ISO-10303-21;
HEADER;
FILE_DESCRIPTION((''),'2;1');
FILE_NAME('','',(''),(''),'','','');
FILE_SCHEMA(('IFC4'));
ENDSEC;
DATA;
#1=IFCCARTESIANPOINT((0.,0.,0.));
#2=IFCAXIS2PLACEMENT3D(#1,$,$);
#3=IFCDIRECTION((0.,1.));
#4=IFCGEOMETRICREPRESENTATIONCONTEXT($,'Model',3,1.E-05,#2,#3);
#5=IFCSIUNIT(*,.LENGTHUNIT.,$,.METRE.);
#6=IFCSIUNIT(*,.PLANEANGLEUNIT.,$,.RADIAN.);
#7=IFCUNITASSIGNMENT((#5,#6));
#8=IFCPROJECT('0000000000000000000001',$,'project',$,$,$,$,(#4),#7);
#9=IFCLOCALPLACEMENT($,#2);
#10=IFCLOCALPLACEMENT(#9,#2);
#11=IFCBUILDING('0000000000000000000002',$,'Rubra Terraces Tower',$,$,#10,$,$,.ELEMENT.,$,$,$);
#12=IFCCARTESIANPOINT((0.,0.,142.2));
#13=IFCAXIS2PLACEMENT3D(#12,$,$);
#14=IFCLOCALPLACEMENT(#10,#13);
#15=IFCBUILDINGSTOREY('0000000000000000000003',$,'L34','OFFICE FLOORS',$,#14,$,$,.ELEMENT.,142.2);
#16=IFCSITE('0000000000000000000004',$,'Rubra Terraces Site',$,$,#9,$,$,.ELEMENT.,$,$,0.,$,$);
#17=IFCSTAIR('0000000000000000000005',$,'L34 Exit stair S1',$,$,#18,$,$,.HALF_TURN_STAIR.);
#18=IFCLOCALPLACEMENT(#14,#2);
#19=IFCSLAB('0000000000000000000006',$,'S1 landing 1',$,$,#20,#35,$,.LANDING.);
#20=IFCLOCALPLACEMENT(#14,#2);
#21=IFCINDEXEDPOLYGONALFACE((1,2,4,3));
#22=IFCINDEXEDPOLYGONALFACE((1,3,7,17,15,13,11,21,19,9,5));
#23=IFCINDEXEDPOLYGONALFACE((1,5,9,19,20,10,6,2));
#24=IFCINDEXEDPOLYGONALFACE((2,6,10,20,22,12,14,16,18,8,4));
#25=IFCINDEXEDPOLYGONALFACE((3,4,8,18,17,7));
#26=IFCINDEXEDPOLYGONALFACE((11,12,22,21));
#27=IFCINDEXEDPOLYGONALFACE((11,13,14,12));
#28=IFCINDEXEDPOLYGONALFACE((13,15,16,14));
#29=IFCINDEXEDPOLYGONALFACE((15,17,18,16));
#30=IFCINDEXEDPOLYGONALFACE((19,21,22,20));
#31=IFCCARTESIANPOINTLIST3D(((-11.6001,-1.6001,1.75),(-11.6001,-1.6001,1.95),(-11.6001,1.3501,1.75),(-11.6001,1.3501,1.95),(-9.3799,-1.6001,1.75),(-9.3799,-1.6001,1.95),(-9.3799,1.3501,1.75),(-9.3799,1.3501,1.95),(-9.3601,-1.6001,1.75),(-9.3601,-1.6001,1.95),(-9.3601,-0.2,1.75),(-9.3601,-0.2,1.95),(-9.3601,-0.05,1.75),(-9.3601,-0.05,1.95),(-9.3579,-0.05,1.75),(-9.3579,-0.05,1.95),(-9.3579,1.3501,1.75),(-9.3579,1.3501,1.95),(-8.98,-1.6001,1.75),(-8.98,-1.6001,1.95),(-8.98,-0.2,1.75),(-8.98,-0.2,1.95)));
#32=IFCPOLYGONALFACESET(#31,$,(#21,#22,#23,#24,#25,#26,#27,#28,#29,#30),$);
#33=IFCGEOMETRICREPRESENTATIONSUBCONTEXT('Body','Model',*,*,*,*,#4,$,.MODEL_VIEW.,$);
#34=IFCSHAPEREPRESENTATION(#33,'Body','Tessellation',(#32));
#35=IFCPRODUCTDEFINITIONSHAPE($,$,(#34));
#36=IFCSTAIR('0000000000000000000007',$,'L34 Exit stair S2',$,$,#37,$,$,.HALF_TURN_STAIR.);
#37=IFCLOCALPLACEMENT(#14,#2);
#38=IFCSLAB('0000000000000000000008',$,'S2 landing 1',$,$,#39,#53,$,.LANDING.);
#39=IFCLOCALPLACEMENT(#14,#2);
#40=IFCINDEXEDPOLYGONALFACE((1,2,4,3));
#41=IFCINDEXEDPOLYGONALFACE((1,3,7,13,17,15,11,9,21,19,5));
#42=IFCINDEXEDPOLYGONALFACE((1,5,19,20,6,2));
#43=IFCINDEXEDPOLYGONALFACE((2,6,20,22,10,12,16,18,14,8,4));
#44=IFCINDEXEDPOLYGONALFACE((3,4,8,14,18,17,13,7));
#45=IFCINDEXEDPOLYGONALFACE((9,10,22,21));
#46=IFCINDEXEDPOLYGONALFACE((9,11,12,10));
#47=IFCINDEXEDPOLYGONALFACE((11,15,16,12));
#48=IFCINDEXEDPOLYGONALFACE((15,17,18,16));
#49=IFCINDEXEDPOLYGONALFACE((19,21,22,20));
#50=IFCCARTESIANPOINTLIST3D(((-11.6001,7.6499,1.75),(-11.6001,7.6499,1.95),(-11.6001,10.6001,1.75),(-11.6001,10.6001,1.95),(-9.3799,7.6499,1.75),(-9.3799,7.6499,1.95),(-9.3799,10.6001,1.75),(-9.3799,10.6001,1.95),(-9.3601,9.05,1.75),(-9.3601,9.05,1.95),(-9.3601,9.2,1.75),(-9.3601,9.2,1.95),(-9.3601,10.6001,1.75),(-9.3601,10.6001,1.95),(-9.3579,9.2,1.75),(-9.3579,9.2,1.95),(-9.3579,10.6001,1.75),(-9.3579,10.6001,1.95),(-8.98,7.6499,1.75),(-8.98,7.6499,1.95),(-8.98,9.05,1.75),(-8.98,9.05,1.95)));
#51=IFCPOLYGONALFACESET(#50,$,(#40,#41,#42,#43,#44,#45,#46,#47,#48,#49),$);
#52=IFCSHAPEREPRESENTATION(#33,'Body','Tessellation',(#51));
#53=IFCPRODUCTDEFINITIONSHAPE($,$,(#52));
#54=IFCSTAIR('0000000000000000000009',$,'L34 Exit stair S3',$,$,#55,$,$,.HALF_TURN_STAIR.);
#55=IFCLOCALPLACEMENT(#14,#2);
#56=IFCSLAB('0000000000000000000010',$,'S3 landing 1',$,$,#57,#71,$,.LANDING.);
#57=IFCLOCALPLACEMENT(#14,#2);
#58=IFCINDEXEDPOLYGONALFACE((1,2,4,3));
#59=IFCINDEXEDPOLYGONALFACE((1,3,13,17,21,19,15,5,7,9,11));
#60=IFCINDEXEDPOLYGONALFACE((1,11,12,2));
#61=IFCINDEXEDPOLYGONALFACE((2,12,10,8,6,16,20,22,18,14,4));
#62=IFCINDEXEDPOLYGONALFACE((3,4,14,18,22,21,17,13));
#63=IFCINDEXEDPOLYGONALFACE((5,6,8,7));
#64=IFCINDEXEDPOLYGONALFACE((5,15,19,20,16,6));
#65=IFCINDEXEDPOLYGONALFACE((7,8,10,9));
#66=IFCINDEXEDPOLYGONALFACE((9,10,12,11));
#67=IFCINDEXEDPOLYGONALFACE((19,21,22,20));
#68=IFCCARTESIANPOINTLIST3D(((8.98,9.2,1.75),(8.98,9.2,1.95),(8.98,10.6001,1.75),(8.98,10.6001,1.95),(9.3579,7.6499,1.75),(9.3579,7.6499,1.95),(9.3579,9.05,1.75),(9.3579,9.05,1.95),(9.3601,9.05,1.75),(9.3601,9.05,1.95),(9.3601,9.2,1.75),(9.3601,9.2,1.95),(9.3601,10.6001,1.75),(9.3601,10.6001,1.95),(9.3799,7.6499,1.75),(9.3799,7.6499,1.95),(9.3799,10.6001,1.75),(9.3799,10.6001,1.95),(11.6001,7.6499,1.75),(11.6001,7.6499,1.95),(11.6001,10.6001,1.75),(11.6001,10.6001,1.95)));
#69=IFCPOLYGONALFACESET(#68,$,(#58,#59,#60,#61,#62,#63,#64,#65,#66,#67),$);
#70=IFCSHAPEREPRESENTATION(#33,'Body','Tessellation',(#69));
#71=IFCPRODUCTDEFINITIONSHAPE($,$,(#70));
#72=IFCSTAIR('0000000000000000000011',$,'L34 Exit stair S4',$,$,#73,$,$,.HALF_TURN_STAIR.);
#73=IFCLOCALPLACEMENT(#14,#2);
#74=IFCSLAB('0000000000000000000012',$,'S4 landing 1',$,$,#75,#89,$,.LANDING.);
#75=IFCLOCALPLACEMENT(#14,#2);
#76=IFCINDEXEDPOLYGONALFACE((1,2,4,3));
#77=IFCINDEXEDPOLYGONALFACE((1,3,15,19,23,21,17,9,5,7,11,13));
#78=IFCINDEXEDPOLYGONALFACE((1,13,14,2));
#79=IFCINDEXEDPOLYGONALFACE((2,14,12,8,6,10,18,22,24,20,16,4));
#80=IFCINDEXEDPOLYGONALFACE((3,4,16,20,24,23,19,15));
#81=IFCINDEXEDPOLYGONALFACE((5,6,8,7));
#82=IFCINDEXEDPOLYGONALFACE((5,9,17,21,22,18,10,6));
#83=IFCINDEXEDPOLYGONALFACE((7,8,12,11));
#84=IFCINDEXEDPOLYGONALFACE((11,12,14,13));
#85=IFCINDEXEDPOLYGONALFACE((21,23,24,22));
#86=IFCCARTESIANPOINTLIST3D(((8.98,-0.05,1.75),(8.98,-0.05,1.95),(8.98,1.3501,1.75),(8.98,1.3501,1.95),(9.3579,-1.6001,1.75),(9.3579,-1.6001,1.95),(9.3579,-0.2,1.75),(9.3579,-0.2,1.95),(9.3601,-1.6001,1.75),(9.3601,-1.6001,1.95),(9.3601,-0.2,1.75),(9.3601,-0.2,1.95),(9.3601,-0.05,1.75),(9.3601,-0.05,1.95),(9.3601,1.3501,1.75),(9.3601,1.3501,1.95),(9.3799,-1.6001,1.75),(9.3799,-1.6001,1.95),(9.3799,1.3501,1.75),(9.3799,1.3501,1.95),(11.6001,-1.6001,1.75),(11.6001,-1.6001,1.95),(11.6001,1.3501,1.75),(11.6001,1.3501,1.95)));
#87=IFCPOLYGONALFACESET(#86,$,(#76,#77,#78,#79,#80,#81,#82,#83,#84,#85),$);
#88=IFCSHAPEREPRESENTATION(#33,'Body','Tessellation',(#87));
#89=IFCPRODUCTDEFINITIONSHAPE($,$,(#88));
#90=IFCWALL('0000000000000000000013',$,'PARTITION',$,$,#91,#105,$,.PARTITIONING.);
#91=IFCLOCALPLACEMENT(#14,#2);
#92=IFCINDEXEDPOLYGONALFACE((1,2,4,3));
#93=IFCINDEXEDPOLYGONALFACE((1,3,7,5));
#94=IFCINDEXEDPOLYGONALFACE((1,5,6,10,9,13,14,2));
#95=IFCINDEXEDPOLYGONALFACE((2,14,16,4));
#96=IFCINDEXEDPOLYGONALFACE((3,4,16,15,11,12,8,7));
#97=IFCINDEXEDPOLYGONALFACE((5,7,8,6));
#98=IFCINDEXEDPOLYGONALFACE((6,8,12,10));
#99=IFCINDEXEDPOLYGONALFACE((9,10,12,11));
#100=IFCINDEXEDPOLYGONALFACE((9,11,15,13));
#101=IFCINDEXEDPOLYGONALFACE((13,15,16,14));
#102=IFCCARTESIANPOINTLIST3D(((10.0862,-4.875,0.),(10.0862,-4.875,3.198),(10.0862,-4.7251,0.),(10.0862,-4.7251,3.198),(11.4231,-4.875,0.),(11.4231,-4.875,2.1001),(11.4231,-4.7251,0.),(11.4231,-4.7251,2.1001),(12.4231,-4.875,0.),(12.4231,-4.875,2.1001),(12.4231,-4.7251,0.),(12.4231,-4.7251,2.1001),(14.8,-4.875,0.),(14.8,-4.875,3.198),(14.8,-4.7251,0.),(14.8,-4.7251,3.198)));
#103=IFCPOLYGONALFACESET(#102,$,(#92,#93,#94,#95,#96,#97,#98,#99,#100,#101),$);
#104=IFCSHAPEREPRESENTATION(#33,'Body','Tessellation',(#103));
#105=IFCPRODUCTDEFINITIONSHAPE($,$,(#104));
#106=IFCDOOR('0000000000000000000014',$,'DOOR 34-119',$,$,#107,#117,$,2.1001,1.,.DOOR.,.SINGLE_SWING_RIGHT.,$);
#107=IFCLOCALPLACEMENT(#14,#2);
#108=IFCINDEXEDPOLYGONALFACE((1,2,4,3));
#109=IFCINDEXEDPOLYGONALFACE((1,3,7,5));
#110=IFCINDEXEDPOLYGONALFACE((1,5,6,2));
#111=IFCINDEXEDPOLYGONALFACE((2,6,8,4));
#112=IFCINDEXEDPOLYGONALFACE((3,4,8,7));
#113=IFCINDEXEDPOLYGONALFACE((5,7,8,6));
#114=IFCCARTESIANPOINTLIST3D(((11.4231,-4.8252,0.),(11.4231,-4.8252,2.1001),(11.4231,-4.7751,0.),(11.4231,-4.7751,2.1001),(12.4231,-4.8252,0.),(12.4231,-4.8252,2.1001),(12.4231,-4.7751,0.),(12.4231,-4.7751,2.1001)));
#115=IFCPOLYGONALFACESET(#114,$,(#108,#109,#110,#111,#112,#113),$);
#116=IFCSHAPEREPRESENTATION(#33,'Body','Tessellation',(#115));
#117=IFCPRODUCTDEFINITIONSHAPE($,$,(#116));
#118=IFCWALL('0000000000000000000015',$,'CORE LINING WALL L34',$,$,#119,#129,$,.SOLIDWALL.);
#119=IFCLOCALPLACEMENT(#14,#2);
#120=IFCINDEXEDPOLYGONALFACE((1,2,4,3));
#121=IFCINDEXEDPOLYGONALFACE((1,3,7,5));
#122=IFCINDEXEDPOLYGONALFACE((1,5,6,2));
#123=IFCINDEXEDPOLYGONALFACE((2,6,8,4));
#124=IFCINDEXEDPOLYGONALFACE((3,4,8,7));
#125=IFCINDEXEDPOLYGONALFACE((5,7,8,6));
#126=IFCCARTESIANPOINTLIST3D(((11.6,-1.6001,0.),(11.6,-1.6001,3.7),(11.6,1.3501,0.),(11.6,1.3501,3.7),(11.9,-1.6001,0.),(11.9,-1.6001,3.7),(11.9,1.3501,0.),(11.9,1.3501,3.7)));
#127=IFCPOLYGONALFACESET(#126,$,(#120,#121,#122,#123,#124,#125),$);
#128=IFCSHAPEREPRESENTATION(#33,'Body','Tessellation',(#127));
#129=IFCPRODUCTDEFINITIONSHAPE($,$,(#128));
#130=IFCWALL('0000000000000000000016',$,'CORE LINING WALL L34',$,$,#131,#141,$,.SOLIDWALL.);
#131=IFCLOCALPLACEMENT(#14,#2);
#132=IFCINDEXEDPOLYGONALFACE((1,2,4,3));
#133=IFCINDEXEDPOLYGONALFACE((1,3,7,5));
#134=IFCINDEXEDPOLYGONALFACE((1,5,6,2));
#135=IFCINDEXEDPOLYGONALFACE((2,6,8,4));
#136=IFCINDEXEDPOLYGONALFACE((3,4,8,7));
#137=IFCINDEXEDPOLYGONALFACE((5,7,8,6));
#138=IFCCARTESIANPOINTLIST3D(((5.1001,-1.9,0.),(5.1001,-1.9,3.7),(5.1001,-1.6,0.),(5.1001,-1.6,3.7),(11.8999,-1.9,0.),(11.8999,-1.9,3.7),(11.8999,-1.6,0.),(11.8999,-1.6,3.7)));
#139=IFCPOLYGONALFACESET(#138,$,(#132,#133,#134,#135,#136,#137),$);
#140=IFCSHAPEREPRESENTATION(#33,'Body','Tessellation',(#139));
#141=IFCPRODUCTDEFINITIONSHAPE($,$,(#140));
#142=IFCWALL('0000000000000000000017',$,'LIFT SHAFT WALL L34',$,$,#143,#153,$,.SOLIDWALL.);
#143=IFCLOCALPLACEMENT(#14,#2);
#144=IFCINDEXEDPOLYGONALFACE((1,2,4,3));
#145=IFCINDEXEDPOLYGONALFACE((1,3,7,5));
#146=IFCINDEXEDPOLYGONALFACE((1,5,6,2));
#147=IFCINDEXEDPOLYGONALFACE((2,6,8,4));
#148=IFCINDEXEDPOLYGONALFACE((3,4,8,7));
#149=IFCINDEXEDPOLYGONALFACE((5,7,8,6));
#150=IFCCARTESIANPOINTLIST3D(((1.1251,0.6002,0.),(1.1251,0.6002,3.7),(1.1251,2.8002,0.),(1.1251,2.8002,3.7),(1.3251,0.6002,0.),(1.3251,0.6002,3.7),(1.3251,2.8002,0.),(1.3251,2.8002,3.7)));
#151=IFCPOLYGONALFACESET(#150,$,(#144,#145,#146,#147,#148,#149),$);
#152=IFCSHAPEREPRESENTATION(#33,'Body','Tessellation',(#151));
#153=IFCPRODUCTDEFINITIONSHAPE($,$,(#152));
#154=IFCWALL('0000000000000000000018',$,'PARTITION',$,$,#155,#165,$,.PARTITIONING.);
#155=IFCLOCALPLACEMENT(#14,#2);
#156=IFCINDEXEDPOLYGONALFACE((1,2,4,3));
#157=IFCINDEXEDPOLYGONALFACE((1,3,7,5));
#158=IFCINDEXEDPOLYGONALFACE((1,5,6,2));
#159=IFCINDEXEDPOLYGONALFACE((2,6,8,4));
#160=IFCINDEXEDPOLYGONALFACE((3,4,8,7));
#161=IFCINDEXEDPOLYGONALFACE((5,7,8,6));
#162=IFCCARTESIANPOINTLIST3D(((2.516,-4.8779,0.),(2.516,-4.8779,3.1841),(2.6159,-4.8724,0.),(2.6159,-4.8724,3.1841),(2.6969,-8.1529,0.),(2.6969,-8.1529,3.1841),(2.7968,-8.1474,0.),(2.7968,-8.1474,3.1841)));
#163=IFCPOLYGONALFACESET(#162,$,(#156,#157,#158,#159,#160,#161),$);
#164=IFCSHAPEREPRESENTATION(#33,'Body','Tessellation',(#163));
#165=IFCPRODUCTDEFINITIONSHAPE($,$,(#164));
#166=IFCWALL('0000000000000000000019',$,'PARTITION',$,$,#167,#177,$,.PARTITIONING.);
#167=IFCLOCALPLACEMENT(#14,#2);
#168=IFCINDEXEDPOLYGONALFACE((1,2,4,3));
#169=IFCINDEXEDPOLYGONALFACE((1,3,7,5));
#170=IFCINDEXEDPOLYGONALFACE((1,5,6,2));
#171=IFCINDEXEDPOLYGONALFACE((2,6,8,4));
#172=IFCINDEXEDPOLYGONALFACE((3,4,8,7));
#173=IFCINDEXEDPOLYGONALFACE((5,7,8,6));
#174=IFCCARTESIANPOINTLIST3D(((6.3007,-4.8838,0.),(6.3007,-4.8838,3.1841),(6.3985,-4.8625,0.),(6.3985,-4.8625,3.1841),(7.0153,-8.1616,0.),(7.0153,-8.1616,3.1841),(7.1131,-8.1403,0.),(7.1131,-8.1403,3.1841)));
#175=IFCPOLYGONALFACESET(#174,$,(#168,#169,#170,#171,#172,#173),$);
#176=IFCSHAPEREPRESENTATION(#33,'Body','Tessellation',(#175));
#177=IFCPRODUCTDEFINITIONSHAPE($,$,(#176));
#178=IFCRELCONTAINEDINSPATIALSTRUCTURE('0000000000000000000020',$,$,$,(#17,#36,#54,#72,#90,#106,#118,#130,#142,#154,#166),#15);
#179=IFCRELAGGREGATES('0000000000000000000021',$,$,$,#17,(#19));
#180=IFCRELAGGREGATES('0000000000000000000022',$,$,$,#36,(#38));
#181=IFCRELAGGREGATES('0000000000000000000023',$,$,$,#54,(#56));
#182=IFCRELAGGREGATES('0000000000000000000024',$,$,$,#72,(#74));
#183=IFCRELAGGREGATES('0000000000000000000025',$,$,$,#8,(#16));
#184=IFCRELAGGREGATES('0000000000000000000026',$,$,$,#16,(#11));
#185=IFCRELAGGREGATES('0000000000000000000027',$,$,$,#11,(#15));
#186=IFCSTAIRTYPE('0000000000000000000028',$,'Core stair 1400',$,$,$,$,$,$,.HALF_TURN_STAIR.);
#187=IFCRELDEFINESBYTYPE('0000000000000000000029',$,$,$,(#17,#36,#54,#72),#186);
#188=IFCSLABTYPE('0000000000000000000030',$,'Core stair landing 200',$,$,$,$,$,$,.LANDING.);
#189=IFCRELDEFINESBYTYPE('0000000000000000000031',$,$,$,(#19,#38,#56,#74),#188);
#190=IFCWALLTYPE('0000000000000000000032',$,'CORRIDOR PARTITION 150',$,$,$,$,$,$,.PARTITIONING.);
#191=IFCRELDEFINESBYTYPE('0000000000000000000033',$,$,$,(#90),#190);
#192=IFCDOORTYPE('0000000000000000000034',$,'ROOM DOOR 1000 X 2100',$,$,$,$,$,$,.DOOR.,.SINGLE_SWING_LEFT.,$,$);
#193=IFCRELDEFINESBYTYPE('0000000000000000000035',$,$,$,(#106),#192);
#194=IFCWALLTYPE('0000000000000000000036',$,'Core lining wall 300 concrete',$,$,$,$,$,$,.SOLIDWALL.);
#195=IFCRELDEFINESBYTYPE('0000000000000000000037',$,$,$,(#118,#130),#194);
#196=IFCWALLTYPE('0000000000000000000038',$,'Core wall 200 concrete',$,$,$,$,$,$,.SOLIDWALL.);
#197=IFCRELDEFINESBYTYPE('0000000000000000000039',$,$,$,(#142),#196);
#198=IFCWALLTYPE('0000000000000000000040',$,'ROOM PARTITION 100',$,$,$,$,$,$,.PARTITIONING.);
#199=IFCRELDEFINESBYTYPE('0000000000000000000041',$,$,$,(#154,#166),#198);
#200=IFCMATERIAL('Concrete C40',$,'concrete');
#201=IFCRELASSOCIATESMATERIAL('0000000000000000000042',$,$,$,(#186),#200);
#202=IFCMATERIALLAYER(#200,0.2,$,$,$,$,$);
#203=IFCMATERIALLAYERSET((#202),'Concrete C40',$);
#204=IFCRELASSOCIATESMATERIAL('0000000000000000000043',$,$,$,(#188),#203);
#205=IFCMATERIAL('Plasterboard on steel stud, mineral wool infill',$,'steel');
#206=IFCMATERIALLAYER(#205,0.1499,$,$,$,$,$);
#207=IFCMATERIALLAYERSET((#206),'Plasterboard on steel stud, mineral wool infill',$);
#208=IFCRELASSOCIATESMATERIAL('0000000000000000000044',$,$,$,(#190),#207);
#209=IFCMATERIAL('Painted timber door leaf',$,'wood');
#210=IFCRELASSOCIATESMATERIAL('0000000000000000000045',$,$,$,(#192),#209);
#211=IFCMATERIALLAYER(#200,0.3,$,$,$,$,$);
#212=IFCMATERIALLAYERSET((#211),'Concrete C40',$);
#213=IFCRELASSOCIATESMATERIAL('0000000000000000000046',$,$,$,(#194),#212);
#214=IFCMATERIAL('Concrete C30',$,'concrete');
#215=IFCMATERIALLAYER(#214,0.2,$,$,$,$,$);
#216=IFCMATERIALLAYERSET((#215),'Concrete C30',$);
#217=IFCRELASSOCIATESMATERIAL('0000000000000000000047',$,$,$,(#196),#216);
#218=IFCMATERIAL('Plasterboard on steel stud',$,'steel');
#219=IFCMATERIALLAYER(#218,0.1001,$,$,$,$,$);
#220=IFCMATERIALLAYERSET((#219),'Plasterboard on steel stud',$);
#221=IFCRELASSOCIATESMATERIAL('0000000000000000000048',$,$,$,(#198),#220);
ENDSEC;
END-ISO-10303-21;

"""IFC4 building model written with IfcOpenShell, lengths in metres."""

from ifc_helpers import new_model, si_unit, direction, frame, frame_2d, origin, place, context, subcontext, project, spatial, polyline, rectangle, outline, extrude, material, layer, layer_set, type_object, element, fill, aggregate, save


model = new_model("IFC4")

# Units and contexts
model_context = context("Model", 3, precision=1e-05, world=origin(), true_north=direction((0.0, 1.0)))
body_context = subcontext(model_context, "Body", "Model", "MODEL_VIEW")
ifc_project = project(units=[si_unit("LENGTHUNIT", "METRE"), si_unit("PLANEANGLEUNIT", "RADIAN")], contexts=[model_context])

# Site, building, storey
site_placement = place(None, origin())
site = spatial("IfcSite", under=ifc_project, at=site_placement, Name="Rubra Terraces Site", CompositionType="ELEMENT", RefElevation=0.0)
building_placement = place(site_placement, origin())
building = spatial("IfcBuilding", under=site, at=building_placement, Name="Rubra Terraces Tower", CompositionType="ELEMENT")
storey_placement = place(building_placement, frame((0.0, 0.0, 142.2)))
storey = spatial("IfcBuildingStorey", under=building, at=storey_placement, Name="L34", Description="OFFICE FLOORS", CompositionType="ELEMENT", Elevation=142.2)

# Stairs, slabs
ifc_material_1 = material(Name="Concrete C40", Category="concrete")
stair_type = type_object("IfcStairType", Name="Core stair 1400", PredefinedType="HALF_TURN_STAIR", material=ifc_material_1)
stair_1_placement = place(storey_placement, origin())
stair_1 = element("IfcStair", 1, at=stair_1_placement, inside=storey, type_object=stair_type, Name="L34 Exit stair S1", PredefinedType="HALF_TURN_STAIR")
ifc_layer_1 = layer(ifc_material_1, 0.2)
ifc_layer_set_1 = layer_set([ifc_layer_1], Name="Concrete C40")
slab_type = type_object("IfcSlabType", Name="Core stair landing 200", PredefinedType="LANDING", material=ifc_layer_set_1)
slab_1_placement = place(storey_placement, frame((0.0, 0.0, 1.75)))
slab_1 = element("IfcSlab", 2, at=slab_1_placement, type_object=slab_type, Name="S1 landing 1", PredefinedType="LANDING", context=body_context, shape_type="SweptSolid", body=[
    extrude(outline(polyline([(-8.98, -0.2), (-8.98, -1.6001), (-9.3601, -1.6001), (-9.3799, -1.6001), (-11.6001, -1.6001), (-11.6001, 1.3501), (-9.3799, 1.3501), (-9.3579, 1.3501), (-9.3579, -0.05), (-9.3601, -0.05), (-9.3601, -0.2), (-8.98, -0.2)])), origin(), (0.0, 0.0, 1.0), 0.2),
])
aggregate(stair_1, [slab_1])
stair_2_placement = place(storey_placement, origin())
stair_2 = element("IfcStair", 3, at=stair_2_placement, inside=storey, type_object=stair_type, Name="L34 Exit stair S2", PredefinedType="HALF_TURN_STAIR")
slab_2_placement = place(storey_placement, frame((0.0, 0.0, 1.75)))
slab_2 = element("IfcSlab", 4, at=slab_2_placement, type_object=slab_type, Name="S2 landing 1", PredefinedType="LANDING", context=body_context, shape_type="SweptSolid", body=[
    extrude(outline(polyline([(-8.98, 9.05), (-8.98, 7.6499), (-9.3799, 7.6499), (-11.6001, 7.6499), (-11.6001, 10.6001), (-9.3799, 10.6001), (-9.3601, 10.6001), (-9.3579, 10.6001), (-9.3579, 9.2), (-9.3601, 9.2), (-9.3601, 9.05), (-8.98, 9.05)])), origin(), (0.0, 0.0, 1.0), 0.2),
])
aggregate(stair_2, [slab_2])
stair_3_placement = place(storey_placement, origin())
stair_3 = element("IfcStair", 5, at=stair_3_placement, inside=storey, type_object=stair_type, Name="L34 Exit stair S3", PredefinedType="HALF_TURN_STAIR")
slab_3_placement = place(storey_placement, frame((0.0, 0.0, 1.75)))
slab_3 = element("IfcSlab", 6, at=slab_3_placement, type_object=slab_type, Name="S3 landing 1", PredefinedType="LANDING", context=body_context, shape_type="SweptSolid", body=[
    extrude(outline(polyline([(9.3601, 9.05), (9.3601, 9.2), (8.98, 9.2), (8.98, 10.6001), (9.3601, 10.6001), (9.3799, 10.6001), (11.6001, 10.6001), (11.6001, 7.6499), (9.3799, 7.6499), (9.3579, 7.6499), (9.3579, 9.05), (9.3601, 9.05)])), origin(), (0.0, 0.0, 1.0), 0.2),
])
aggregate(stair_3, [slab_3])
stair_4_placement = place(storey_placement, origin())
stair_4 = element("IfcStair", 7, at=stair_4_placement, inside=storey, type_object=stair_type, Name="L34 Exit stair S4", PredefinedType="HALF_TURN_STAIR")
slab_4_placement = place(storey_placement, frame((0.0, 0.0, 1.75)))
slab_4 = element("IfcSlab", 8, at=slab_4_placement, type_object=slab_type, Name="S4 landing 1", PredefinedType="LANDING", context=body_context, shape_type="SweptSolid", body=[
    extrude(outline(polyline([(9.3601, -0.2), (9.3601, -0.05), (8.98, -0.05), (8.98, 1.3501), (9.3601, 1.3501), (9.3799, 1.3501), (11.6001, 1.3501), (11.6001, -1.6001), (9.3799, -1.6001), (9.3601, -1.6001), (9.3579, -1.6001), (9.3579, -0.2), (9.3601, -0.2)])), origin(), (0.0, 0.0, 1.0), 0.2),
])

# Wall, opening, door
ifc_material_2 = material(Name="Plasterboard on steel stud, mineral wool infill", Category="steel")
ifc_layer_2 = layer(ifc_material_2, 0.1499)
ifc_layer_set_2 = layer_set([ifc_layer_2], Name="Plasterboard on steel stud, mineral wool infill")
wall_type_1 = type_object("IfcWallType", Name="CORRIDOR PARTITION 150", PredefinedType="PARTITIONING", material=ifc_layer_set_2)
wall_1_placement = place(storey_placement, frame((10.0862, -4.8, 0.0), z_axis=(0.0, 0.0, 1.0), x_axis=(1.0, 0.0, 0.0)))
wall_1 = element("IfcWall", 9, at=wall_1_placement, inside=storey, type_object=wall_type_1, Name="PARTITION", PredefinedType="PARTITIONING", context=body_context, shape_type="SweptSolid", body=[
    extrude(rectangle(XDim=4.7139, YDim=0.1499, at=frame_2d((2.3569, 0.0))), origin(), (0.0, 0.0, 1.0), 3.198),
])
opening_placement = place(wall_1_placement, frame((1.3369, 0.0, 0.0)))
opening = element("IfcOpeningElement", 10, at=opening_placement, cuts=wall_1, PredefinedType="OPENING", context=body_context, shape_type="SweptSolid", body=[
    extrude(rectangle(XDim=1.0, YDim=2.1001, at=frame_2d((0.5, 1.05))), frame((0.0, 0.085, 0.0), z_axis=(0.0, -1.0, 0.0), x_axis=(1.0, 0.0, 0.0)), (0.0, 0.0, 1.0), 0.1699),
])
ifc_material_3 = material(Name="Painted timber door leaf", Category="wood")
door_type = type_object("IfcDoorType", Name="ROOM DOOR 1000 X 2100", OperationType="SINGLE_SWING_LEFT", PredefinedType="DOOR", material=ifc_material_3)
door_placement = place(opening_placement, origin())
door = element("IfcDoor", 11, at=door_placement, inside=storey, type_object=door_type, Name="DOOR 34-119", OperationType="SINGLE_SWING_RIGHT", OverallHeight=2.1001, OverallWidth=1.0, PredefinedType="DOOR", context=body_context, shape_type="SweptSolid", body=[
    extrude(rectangle(XDim=1.0, YDim=2.1001, at=frame_2d((0.5, 1.05))), frame((0.0, 0.0249, 0.0), z_axis=(0.0, -1.0, 0.0), x_axis=(1.0, 0.0, 0.0)), (0.0, 0.0, 1.0), 0.05),
])
fill(opening, door)

# Walls
ifc_layer_3 = layer(ifc_material_1, 0.3)
ifc_layer_set_3 = layer_set([ifc_layer_3], Name="Concrete C40")
wall_type_2 = type_object("IfcWallType", Name="Core lining wall 300 concrete", PredefinedType="SOLIDWALL", material=ifc_layer_set_3)
wall_2_placement = place(storey_placement, frame((11.75, 1.3501, 0.0), z_axis=(0.0, 0.0, 1.0), x_axis=(0.0, -1.0, 0.0)))
element("IfcWall", 12, at=wall_2_placement, inside=storey, type_object=wall_type_2, Name="CORE LINING WALL L34", PredefinedType="SOLIDWALL", context=body_context, shape_type="SweptSolid", body=[
    extrude(rectangle(XDim=2.9502, YDim=0.3, at=frame_2d((1.4751, 0.0))), origin(), (0.0, 0.0, 1.0), 3.7),
])
wall_3_placement = place(storey_placement, frame((11.8999, -1.75, 0.0), z_axis=(0.0, 0.0, 1.0), x_axis=(-1.0, 0.0, 0.0)))
element("IfcWall", 13, at=wall_3_placement, inside=storey, type_object=wall_type_2, Name="CORE LINING WALL L34", PredefinedType="SOLIDWALL", context=body_context, shape_type="SweptSolid", body=[
    extrude(rectangle(XDim=6.7998, YDim=0.3, at=frame_2d((3.3999, 0.0))), origin(), (0.0, 0.0, 1.0), 3.7),
])
ifc_material_4 = material(Name="Concrete C30", Category="concrete")
ifc_layer_4 = layer(ifc_material_4, 0.2)
ifc_layer_set_4 = layer_set([ifc_layer_4], Name="Concrete C30")
wall_type_3 = type_object("IfcWallType", Name="Core wall 200 concrete", PredefinedType="SOLIDWALL", material=ifc_layer_set_4)
wall_4_placement = place(storey_placement, frame((1.2251, 0.6001, 0.0), z_axis=(0.0, 0.0, 1.0), x_axis=(0.0, 1.0, 0.0)))
element("IfcWall", 14, at=wall_4_placement, inside=storey, type_object=wall_type_3, Name="LIFT SHAFT WALL L34", PredefinedType="SOLIDWALL", context=body_context, shape_type="SweptSolid", body=[
    extrude(rectangle(XDim=2.2, YDim=0.2, at=frame_2d((1.1001, 0.0))), origin(), (0.0, 0.0, 1.0), 3.7),
])
ifc_material_5 = material(Name="Plasterboard on steel stud", Category="steel")
ifc_layer_5 = layer(ifc_material_5, 0.1001)
ifc_layer_set_5 = layer_set([ifc_layer_5], Name="Plasterboard on steel stud")
wall_type_4 = type_object("IfcWallType", Name="ROOM PARTITION 100", PredefinedType="PARTITIONING", material=ifc_layer_set_5)
wall_5_placement = place(storey_placement, frame((2.5659, -4.875, 0.0), z_axis=(0.0, 0.0, 1.0), x_axis=(0.055153, -0.998478, 0.0)))
element("IfcWall", 15, at=wall_5_placement, inside=storey, type_object=wall_type_4, Name="PARTITION", PredefinedType="PARTITIONING", context=body_context, shape_type="SweptSolid", body=[
    extrude(rectangle(XDim=3.28, YDim=0.1001, at=frame_2d((1.6401, 0.0))), origin(), (0.0, 0.0, 1.0), 3.1841),
])
wall_6_placement = place(storey_placement, frame((6.3496, -4.8733, 0.0), z_axis=(0.0, 0.0, 1.0), x_axis=(0.213007, -0.977051, 0.0)))
element("IfcWall", 16, at=wall_6_placement, inside=storey, type_object=wall_type_4, Name="PARTITION", PredefinedType="PARTITIONING", context=body_context, shape_type="SweptSolid", body=[
    extrude(rectangle(XDim=3.3547, YDim=0.1001, at=frame_2d((1.6772, 0.0))), origin(), (0.0, 0.0, 1.0), 3.1841),
])

aggregate(stair_4, [slab_4])

save(model, "model.ifc")
